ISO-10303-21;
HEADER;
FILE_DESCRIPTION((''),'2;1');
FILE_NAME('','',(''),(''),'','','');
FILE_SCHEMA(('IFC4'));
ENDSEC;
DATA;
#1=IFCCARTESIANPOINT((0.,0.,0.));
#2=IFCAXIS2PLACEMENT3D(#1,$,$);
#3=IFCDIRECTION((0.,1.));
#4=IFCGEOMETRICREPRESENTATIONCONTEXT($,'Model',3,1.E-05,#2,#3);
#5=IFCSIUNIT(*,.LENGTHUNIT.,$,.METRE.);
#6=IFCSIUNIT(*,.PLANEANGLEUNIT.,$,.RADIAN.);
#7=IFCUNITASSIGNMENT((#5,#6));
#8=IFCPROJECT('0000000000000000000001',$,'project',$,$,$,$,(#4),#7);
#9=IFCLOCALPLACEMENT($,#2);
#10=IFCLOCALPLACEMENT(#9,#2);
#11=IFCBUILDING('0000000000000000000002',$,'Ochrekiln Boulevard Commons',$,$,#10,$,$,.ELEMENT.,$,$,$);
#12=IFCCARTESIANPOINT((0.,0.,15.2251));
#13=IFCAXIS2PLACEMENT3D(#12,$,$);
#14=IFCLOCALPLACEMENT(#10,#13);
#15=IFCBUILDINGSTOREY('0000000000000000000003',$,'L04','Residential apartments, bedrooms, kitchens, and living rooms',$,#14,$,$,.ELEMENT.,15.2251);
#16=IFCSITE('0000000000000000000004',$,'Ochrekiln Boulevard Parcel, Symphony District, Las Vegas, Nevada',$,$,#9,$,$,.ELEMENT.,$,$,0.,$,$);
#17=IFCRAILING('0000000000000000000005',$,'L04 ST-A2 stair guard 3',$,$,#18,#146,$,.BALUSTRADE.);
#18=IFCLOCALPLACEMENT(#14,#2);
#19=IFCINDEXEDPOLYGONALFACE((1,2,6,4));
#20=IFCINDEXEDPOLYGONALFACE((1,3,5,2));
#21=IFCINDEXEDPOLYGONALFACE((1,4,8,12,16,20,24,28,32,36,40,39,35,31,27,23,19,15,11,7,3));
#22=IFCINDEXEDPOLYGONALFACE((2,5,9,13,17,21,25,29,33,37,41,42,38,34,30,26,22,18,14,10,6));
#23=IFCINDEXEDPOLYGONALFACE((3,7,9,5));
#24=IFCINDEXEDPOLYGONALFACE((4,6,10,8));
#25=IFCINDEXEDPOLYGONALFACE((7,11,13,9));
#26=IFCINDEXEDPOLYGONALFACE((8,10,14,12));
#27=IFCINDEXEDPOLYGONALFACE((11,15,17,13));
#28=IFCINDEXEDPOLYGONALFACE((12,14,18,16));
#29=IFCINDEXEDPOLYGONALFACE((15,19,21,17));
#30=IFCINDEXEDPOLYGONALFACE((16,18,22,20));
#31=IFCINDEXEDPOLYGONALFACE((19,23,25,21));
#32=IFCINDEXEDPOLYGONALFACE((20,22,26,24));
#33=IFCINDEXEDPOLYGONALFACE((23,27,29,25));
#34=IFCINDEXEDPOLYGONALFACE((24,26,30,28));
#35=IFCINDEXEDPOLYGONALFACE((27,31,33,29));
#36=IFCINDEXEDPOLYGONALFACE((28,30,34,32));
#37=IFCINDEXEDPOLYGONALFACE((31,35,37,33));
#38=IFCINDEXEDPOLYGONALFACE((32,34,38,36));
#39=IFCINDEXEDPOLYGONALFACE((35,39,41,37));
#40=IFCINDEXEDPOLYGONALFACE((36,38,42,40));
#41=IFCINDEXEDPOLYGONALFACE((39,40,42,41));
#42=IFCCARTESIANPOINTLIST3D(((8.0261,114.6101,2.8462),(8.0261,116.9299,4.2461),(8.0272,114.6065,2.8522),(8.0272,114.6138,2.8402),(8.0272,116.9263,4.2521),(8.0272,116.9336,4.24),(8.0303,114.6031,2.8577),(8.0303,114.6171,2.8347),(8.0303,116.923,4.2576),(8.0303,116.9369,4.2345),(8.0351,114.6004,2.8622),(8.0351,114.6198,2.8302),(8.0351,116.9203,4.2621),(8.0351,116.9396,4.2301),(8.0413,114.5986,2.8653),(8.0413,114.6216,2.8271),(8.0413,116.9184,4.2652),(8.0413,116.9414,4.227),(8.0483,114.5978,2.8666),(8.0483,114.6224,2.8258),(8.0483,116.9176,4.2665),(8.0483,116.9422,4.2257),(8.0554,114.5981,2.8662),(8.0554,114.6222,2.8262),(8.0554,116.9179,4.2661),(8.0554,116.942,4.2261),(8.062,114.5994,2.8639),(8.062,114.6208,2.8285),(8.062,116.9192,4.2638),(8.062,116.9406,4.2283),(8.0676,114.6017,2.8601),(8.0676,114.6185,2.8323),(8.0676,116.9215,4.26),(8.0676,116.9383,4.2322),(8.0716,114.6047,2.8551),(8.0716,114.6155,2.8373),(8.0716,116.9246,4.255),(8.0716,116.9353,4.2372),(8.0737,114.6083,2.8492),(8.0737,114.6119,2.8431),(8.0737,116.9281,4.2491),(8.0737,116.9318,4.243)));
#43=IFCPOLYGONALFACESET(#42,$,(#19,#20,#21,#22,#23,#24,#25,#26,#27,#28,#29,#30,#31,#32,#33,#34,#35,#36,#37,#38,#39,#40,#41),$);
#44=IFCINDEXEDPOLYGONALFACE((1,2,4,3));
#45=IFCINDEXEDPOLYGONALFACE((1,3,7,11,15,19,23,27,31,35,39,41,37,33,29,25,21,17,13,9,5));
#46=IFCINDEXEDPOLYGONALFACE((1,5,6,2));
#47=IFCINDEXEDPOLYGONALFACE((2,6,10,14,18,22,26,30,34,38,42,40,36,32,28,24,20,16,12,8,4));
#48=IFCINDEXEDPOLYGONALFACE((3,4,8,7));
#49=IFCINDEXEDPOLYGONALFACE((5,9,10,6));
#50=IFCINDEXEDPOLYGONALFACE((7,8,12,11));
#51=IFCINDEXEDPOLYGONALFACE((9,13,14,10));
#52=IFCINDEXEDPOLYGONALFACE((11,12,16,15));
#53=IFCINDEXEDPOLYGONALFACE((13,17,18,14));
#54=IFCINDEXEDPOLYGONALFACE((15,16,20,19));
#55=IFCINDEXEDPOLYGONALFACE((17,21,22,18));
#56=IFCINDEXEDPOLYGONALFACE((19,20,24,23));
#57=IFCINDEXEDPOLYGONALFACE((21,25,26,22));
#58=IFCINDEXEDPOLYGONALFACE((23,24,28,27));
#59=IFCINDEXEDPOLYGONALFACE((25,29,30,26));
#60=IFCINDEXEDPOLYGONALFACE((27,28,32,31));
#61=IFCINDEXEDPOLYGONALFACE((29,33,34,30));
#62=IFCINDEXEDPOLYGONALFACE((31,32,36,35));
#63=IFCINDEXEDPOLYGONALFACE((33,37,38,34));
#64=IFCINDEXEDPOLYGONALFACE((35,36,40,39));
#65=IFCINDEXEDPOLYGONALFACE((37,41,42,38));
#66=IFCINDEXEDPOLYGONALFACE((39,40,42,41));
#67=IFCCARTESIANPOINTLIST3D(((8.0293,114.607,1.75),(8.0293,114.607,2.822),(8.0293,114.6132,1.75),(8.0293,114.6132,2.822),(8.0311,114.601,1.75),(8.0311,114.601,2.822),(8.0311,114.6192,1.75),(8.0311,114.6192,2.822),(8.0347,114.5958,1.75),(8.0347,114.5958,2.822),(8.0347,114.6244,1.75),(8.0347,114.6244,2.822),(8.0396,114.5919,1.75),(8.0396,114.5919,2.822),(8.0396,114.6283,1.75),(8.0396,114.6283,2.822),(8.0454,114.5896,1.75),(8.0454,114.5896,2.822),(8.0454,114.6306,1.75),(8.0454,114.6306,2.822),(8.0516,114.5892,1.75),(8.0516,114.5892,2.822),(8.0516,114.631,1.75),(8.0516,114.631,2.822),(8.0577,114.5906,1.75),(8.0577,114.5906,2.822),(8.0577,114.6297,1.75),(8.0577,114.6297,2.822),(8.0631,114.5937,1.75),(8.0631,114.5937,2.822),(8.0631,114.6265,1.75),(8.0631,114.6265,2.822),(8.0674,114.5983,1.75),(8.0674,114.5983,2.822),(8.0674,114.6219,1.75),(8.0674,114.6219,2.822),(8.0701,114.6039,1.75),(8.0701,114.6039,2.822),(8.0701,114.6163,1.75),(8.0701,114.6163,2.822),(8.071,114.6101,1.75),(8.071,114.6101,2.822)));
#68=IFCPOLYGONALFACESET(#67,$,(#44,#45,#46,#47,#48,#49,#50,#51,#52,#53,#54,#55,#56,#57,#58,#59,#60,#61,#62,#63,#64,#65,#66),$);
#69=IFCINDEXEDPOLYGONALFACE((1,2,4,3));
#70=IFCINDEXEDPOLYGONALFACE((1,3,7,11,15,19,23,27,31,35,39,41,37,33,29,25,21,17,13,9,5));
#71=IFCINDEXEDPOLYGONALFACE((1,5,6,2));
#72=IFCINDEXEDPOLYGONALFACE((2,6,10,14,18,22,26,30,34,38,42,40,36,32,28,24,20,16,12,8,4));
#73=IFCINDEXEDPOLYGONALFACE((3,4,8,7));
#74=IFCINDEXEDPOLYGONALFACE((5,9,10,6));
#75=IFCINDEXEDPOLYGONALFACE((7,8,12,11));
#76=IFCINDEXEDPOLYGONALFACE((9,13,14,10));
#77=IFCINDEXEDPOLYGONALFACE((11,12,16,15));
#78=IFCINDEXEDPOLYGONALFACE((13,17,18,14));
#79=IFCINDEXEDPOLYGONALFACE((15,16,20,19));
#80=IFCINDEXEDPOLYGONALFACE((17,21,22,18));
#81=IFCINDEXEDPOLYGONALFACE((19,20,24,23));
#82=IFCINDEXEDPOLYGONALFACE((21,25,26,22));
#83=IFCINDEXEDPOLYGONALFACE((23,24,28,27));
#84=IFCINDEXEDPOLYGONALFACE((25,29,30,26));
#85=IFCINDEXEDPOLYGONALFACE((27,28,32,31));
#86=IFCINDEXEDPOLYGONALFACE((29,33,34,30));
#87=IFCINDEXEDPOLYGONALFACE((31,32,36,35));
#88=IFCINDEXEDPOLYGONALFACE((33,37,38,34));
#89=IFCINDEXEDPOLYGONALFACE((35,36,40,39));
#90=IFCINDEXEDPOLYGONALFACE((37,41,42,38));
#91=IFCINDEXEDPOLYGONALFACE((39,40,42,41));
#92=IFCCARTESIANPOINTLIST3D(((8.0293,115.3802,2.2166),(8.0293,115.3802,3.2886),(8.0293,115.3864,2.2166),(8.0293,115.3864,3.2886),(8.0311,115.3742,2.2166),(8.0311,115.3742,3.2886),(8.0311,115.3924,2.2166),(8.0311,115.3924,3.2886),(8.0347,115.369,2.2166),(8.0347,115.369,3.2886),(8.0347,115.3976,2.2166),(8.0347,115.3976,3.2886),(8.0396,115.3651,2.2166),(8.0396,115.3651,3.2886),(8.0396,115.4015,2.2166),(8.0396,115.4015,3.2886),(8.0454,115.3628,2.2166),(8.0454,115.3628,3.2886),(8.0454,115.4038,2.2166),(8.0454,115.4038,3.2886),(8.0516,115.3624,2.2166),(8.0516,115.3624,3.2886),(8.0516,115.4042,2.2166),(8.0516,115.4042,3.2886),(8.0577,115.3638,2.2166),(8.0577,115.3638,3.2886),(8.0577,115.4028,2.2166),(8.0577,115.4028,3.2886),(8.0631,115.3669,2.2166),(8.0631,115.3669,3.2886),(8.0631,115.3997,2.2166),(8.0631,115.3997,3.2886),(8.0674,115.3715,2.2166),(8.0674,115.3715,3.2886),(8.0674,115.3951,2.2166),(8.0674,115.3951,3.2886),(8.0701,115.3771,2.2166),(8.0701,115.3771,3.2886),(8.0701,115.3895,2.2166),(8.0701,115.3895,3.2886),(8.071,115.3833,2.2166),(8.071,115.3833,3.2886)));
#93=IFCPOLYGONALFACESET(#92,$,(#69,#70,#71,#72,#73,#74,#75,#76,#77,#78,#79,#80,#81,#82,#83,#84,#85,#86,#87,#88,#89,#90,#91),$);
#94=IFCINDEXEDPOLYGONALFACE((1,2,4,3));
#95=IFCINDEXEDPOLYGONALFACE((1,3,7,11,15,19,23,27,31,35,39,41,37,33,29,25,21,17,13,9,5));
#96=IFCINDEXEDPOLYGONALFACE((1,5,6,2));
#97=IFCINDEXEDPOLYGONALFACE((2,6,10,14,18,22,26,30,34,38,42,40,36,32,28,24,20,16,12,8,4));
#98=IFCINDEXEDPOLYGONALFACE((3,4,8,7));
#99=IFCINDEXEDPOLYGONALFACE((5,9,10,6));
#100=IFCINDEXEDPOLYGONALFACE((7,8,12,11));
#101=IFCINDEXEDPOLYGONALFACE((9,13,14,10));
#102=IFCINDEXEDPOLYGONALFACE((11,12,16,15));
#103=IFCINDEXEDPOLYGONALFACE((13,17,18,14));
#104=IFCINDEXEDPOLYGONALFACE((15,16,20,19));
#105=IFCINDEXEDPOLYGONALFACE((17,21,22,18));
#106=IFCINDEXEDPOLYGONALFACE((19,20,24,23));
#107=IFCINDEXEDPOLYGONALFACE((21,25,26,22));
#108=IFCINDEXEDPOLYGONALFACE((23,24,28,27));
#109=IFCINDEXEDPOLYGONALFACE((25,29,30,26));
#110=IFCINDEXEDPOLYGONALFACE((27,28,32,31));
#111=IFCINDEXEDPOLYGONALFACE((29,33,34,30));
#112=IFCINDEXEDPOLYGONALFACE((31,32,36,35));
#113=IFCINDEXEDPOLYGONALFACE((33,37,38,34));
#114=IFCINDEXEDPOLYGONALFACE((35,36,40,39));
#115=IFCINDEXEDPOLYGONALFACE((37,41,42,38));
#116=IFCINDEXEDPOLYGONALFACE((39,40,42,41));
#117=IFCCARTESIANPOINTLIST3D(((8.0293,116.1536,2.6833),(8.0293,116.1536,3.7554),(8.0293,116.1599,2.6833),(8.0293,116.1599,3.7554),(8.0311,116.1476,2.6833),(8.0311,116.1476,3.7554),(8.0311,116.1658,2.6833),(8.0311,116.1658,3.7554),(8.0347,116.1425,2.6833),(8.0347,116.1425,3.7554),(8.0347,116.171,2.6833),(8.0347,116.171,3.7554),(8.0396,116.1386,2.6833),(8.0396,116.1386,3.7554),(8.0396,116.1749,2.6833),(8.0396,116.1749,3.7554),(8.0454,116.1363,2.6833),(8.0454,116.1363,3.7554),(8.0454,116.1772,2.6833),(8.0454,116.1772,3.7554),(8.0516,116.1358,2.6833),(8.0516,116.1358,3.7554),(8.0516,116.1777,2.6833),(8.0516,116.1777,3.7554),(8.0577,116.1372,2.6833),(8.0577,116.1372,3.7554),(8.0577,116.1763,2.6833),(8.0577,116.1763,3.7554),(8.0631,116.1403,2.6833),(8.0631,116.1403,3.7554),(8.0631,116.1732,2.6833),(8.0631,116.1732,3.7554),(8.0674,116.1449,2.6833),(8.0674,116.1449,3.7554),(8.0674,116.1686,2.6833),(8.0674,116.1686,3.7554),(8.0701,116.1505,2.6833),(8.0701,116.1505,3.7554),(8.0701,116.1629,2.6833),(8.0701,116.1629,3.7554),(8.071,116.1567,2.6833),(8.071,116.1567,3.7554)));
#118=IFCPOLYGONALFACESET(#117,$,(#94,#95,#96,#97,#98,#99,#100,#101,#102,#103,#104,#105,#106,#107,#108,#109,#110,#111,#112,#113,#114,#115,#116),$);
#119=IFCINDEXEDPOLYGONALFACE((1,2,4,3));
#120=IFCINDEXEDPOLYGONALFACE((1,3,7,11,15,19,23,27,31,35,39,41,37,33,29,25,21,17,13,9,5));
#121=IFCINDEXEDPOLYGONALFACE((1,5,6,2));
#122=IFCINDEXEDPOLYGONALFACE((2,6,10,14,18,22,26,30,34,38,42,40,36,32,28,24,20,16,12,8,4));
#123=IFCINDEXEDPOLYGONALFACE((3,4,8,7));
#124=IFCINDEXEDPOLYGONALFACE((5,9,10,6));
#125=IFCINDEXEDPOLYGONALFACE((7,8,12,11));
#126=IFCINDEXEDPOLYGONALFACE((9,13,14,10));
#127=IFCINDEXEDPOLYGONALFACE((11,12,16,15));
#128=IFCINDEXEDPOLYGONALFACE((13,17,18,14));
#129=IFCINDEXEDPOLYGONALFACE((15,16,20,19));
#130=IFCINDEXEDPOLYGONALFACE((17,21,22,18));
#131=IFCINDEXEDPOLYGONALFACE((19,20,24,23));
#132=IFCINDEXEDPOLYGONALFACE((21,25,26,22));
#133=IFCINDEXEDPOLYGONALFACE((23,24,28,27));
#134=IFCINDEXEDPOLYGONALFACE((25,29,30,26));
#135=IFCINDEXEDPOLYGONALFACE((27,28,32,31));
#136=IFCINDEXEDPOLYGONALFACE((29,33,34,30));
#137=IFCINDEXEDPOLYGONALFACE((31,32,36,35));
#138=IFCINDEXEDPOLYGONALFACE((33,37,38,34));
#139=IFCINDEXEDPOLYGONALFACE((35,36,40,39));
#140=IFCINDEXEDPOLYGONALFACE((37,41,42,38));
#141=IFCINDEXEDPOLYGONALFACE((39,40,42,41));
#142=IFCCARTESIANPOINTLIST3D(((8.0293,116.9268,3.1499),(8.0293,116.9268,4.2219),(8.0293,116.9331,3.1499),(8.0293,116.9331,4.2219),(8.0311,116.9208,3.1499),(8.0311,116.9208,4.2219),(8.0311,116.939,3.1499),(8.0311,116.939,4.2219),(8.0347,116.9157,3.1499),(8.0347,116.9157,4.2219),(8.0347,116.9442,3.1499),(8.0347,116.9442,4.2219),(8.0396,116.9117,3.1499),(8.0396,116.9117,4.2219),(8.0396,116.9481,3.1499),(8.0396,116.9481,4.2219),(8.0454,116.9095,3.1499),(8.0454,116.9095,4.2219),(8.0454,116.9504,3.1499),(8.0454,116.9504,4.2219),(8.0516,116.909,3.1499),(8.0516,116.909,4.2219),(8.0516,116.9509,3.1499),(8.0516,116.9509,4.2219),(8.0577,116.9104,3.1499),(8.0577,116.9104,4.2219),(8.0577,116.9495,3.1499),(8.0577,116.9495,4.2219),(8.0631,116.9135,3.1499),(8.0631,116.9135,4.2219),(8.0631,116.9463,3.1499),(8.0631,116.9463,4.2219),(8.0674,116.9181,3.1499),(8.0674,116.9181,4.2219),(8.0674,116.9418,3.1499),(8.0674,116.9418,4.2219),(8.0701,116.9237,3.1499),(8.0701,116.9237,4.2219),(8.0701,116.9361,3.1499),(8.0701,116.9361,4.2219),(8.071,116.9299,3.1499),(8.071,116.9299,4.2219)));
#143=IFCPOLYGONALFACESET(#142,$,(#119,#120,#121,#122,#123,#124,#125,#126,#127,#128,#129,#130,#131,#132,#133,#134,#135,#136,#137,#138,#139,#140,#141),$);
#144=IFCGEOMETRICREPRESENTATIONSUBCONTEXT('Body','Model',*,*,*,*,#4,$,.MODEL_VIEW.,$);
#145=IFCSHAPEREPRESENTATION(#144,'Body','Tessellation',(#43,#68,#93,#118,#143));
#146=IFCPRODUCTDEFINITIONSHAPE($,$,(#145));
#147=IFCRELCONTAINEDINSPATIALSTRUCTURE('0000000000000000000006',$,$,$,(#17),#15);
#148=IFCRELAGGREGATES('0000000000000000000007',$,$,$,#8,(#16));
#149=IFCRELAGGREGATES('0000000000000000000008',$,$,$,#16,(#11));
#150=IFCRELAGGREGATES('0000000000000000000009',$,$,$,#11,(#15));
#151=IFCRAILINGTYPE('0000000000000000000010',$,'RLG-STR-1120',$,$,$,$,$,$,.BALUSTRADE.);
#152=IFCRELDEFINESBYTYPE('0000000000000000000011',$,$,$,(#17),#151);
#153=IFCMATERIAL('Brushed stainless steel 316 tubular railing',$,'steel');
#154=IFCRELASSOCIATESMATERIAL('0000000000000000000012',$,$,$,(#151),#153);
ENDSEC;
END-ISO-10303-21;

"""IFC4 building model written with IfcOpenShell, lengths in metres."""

from ifc_helpers import new_model, si_unit, direction, frame, origin, origin_2d, place, context, subcontext, project, spatial, circle, extrude, material, type_object, element, save


model = new_model("IFC4")

# Units and contexts
model_context = context("Model", 3, precision=1e-05, world=origin(), true_north=direction((0.0, 1.0)))
body_context = subcontext(model_context, "Body", "Model", "MODEL_VIEW")
ifc_project = project(units=[si_unit("LENGTHUNIT", "METRE"), si_unit("PLANEANGLEUNIT", "RADIAN")], contexts=[model_context])

# Site, building, storey
site_placement = place(None, origin())
site = spatial("IfcSite", under=ifc_project, at=site_placement, Name="Ochrekiln Boulevard Parcel, Symphony District, Las Vegas, Nevada", CompositionType="ELEMENT", RefElevation=0.0)
building_placement = place(site_placement, origin())
building = spatial("IfcBuilding", under=site, at=building_placement, Name="Ochrekiln Boulevard Commons", CompositionType="ELEMENT")
storey_placement = place(building_placement, frame((0.0, 0.0, 15.2251)))
storey = spatial("IfcBuildingStorey", under=building, at=storey_placement, Name="L04", Description="Residential apartments, bedrooms, kitchens, and living rooms", CompositionType="ELEMENT", Elevation=15.2251)

# Railing
ifc_material_1 = material(Name="Brushed stainless steel 316 tubular railing", Category="steel")
railing_type_1 = type_object("IfcRailingType", Name="RLG-STR-1120", PredefinedType="BALUSTRADE", material=ifc_material_1)
railing_1_placement = place(storey_placement, frame((8.05, 114.6101, 1.75)))
element("IfcRailing", 1, at=railing_1_placement, inside=storey, type_object=railing_type_1, Name="L04 ST-A2 stair guard 3", PredefinedType="BALUSTRADE", context=body_context, shape_type="SweptSolid", body=[
    extrude(circle(Radius=0.0239, at=origin_2d()), frame((0.0, 0.0, 1.0962), z_axis=(0.0, 0.856186, 0.516667), x_axis=(-1.0, 0.0, 0.0)), (0.0, 0.0, 1.0), 2.7095),
    extrude(circle(Radius=0.021, at=origin_2d()), origin(), (0.0, 0.0, 1.0), 1.072),
    extrude(circle(Radius=0.021, at=origin_2d()), frame((0.0, 0.7732, 0.4666)), (0.0, 0.0, 1.0), 1.072),
    extrude(circle(Radius=0.021, at=origin_2d()), frame((0.0, 1.5466, 0.9333)), (0.0, 0.0, 1.0), 1.072),
    extrude(circle(Radius=0.021, at=origin_2d()), frame((0.0, 2.3198, 1.3999)), (0.0, 0.0, 1.0), 1.072),
])

save(model, "model.ifc")
